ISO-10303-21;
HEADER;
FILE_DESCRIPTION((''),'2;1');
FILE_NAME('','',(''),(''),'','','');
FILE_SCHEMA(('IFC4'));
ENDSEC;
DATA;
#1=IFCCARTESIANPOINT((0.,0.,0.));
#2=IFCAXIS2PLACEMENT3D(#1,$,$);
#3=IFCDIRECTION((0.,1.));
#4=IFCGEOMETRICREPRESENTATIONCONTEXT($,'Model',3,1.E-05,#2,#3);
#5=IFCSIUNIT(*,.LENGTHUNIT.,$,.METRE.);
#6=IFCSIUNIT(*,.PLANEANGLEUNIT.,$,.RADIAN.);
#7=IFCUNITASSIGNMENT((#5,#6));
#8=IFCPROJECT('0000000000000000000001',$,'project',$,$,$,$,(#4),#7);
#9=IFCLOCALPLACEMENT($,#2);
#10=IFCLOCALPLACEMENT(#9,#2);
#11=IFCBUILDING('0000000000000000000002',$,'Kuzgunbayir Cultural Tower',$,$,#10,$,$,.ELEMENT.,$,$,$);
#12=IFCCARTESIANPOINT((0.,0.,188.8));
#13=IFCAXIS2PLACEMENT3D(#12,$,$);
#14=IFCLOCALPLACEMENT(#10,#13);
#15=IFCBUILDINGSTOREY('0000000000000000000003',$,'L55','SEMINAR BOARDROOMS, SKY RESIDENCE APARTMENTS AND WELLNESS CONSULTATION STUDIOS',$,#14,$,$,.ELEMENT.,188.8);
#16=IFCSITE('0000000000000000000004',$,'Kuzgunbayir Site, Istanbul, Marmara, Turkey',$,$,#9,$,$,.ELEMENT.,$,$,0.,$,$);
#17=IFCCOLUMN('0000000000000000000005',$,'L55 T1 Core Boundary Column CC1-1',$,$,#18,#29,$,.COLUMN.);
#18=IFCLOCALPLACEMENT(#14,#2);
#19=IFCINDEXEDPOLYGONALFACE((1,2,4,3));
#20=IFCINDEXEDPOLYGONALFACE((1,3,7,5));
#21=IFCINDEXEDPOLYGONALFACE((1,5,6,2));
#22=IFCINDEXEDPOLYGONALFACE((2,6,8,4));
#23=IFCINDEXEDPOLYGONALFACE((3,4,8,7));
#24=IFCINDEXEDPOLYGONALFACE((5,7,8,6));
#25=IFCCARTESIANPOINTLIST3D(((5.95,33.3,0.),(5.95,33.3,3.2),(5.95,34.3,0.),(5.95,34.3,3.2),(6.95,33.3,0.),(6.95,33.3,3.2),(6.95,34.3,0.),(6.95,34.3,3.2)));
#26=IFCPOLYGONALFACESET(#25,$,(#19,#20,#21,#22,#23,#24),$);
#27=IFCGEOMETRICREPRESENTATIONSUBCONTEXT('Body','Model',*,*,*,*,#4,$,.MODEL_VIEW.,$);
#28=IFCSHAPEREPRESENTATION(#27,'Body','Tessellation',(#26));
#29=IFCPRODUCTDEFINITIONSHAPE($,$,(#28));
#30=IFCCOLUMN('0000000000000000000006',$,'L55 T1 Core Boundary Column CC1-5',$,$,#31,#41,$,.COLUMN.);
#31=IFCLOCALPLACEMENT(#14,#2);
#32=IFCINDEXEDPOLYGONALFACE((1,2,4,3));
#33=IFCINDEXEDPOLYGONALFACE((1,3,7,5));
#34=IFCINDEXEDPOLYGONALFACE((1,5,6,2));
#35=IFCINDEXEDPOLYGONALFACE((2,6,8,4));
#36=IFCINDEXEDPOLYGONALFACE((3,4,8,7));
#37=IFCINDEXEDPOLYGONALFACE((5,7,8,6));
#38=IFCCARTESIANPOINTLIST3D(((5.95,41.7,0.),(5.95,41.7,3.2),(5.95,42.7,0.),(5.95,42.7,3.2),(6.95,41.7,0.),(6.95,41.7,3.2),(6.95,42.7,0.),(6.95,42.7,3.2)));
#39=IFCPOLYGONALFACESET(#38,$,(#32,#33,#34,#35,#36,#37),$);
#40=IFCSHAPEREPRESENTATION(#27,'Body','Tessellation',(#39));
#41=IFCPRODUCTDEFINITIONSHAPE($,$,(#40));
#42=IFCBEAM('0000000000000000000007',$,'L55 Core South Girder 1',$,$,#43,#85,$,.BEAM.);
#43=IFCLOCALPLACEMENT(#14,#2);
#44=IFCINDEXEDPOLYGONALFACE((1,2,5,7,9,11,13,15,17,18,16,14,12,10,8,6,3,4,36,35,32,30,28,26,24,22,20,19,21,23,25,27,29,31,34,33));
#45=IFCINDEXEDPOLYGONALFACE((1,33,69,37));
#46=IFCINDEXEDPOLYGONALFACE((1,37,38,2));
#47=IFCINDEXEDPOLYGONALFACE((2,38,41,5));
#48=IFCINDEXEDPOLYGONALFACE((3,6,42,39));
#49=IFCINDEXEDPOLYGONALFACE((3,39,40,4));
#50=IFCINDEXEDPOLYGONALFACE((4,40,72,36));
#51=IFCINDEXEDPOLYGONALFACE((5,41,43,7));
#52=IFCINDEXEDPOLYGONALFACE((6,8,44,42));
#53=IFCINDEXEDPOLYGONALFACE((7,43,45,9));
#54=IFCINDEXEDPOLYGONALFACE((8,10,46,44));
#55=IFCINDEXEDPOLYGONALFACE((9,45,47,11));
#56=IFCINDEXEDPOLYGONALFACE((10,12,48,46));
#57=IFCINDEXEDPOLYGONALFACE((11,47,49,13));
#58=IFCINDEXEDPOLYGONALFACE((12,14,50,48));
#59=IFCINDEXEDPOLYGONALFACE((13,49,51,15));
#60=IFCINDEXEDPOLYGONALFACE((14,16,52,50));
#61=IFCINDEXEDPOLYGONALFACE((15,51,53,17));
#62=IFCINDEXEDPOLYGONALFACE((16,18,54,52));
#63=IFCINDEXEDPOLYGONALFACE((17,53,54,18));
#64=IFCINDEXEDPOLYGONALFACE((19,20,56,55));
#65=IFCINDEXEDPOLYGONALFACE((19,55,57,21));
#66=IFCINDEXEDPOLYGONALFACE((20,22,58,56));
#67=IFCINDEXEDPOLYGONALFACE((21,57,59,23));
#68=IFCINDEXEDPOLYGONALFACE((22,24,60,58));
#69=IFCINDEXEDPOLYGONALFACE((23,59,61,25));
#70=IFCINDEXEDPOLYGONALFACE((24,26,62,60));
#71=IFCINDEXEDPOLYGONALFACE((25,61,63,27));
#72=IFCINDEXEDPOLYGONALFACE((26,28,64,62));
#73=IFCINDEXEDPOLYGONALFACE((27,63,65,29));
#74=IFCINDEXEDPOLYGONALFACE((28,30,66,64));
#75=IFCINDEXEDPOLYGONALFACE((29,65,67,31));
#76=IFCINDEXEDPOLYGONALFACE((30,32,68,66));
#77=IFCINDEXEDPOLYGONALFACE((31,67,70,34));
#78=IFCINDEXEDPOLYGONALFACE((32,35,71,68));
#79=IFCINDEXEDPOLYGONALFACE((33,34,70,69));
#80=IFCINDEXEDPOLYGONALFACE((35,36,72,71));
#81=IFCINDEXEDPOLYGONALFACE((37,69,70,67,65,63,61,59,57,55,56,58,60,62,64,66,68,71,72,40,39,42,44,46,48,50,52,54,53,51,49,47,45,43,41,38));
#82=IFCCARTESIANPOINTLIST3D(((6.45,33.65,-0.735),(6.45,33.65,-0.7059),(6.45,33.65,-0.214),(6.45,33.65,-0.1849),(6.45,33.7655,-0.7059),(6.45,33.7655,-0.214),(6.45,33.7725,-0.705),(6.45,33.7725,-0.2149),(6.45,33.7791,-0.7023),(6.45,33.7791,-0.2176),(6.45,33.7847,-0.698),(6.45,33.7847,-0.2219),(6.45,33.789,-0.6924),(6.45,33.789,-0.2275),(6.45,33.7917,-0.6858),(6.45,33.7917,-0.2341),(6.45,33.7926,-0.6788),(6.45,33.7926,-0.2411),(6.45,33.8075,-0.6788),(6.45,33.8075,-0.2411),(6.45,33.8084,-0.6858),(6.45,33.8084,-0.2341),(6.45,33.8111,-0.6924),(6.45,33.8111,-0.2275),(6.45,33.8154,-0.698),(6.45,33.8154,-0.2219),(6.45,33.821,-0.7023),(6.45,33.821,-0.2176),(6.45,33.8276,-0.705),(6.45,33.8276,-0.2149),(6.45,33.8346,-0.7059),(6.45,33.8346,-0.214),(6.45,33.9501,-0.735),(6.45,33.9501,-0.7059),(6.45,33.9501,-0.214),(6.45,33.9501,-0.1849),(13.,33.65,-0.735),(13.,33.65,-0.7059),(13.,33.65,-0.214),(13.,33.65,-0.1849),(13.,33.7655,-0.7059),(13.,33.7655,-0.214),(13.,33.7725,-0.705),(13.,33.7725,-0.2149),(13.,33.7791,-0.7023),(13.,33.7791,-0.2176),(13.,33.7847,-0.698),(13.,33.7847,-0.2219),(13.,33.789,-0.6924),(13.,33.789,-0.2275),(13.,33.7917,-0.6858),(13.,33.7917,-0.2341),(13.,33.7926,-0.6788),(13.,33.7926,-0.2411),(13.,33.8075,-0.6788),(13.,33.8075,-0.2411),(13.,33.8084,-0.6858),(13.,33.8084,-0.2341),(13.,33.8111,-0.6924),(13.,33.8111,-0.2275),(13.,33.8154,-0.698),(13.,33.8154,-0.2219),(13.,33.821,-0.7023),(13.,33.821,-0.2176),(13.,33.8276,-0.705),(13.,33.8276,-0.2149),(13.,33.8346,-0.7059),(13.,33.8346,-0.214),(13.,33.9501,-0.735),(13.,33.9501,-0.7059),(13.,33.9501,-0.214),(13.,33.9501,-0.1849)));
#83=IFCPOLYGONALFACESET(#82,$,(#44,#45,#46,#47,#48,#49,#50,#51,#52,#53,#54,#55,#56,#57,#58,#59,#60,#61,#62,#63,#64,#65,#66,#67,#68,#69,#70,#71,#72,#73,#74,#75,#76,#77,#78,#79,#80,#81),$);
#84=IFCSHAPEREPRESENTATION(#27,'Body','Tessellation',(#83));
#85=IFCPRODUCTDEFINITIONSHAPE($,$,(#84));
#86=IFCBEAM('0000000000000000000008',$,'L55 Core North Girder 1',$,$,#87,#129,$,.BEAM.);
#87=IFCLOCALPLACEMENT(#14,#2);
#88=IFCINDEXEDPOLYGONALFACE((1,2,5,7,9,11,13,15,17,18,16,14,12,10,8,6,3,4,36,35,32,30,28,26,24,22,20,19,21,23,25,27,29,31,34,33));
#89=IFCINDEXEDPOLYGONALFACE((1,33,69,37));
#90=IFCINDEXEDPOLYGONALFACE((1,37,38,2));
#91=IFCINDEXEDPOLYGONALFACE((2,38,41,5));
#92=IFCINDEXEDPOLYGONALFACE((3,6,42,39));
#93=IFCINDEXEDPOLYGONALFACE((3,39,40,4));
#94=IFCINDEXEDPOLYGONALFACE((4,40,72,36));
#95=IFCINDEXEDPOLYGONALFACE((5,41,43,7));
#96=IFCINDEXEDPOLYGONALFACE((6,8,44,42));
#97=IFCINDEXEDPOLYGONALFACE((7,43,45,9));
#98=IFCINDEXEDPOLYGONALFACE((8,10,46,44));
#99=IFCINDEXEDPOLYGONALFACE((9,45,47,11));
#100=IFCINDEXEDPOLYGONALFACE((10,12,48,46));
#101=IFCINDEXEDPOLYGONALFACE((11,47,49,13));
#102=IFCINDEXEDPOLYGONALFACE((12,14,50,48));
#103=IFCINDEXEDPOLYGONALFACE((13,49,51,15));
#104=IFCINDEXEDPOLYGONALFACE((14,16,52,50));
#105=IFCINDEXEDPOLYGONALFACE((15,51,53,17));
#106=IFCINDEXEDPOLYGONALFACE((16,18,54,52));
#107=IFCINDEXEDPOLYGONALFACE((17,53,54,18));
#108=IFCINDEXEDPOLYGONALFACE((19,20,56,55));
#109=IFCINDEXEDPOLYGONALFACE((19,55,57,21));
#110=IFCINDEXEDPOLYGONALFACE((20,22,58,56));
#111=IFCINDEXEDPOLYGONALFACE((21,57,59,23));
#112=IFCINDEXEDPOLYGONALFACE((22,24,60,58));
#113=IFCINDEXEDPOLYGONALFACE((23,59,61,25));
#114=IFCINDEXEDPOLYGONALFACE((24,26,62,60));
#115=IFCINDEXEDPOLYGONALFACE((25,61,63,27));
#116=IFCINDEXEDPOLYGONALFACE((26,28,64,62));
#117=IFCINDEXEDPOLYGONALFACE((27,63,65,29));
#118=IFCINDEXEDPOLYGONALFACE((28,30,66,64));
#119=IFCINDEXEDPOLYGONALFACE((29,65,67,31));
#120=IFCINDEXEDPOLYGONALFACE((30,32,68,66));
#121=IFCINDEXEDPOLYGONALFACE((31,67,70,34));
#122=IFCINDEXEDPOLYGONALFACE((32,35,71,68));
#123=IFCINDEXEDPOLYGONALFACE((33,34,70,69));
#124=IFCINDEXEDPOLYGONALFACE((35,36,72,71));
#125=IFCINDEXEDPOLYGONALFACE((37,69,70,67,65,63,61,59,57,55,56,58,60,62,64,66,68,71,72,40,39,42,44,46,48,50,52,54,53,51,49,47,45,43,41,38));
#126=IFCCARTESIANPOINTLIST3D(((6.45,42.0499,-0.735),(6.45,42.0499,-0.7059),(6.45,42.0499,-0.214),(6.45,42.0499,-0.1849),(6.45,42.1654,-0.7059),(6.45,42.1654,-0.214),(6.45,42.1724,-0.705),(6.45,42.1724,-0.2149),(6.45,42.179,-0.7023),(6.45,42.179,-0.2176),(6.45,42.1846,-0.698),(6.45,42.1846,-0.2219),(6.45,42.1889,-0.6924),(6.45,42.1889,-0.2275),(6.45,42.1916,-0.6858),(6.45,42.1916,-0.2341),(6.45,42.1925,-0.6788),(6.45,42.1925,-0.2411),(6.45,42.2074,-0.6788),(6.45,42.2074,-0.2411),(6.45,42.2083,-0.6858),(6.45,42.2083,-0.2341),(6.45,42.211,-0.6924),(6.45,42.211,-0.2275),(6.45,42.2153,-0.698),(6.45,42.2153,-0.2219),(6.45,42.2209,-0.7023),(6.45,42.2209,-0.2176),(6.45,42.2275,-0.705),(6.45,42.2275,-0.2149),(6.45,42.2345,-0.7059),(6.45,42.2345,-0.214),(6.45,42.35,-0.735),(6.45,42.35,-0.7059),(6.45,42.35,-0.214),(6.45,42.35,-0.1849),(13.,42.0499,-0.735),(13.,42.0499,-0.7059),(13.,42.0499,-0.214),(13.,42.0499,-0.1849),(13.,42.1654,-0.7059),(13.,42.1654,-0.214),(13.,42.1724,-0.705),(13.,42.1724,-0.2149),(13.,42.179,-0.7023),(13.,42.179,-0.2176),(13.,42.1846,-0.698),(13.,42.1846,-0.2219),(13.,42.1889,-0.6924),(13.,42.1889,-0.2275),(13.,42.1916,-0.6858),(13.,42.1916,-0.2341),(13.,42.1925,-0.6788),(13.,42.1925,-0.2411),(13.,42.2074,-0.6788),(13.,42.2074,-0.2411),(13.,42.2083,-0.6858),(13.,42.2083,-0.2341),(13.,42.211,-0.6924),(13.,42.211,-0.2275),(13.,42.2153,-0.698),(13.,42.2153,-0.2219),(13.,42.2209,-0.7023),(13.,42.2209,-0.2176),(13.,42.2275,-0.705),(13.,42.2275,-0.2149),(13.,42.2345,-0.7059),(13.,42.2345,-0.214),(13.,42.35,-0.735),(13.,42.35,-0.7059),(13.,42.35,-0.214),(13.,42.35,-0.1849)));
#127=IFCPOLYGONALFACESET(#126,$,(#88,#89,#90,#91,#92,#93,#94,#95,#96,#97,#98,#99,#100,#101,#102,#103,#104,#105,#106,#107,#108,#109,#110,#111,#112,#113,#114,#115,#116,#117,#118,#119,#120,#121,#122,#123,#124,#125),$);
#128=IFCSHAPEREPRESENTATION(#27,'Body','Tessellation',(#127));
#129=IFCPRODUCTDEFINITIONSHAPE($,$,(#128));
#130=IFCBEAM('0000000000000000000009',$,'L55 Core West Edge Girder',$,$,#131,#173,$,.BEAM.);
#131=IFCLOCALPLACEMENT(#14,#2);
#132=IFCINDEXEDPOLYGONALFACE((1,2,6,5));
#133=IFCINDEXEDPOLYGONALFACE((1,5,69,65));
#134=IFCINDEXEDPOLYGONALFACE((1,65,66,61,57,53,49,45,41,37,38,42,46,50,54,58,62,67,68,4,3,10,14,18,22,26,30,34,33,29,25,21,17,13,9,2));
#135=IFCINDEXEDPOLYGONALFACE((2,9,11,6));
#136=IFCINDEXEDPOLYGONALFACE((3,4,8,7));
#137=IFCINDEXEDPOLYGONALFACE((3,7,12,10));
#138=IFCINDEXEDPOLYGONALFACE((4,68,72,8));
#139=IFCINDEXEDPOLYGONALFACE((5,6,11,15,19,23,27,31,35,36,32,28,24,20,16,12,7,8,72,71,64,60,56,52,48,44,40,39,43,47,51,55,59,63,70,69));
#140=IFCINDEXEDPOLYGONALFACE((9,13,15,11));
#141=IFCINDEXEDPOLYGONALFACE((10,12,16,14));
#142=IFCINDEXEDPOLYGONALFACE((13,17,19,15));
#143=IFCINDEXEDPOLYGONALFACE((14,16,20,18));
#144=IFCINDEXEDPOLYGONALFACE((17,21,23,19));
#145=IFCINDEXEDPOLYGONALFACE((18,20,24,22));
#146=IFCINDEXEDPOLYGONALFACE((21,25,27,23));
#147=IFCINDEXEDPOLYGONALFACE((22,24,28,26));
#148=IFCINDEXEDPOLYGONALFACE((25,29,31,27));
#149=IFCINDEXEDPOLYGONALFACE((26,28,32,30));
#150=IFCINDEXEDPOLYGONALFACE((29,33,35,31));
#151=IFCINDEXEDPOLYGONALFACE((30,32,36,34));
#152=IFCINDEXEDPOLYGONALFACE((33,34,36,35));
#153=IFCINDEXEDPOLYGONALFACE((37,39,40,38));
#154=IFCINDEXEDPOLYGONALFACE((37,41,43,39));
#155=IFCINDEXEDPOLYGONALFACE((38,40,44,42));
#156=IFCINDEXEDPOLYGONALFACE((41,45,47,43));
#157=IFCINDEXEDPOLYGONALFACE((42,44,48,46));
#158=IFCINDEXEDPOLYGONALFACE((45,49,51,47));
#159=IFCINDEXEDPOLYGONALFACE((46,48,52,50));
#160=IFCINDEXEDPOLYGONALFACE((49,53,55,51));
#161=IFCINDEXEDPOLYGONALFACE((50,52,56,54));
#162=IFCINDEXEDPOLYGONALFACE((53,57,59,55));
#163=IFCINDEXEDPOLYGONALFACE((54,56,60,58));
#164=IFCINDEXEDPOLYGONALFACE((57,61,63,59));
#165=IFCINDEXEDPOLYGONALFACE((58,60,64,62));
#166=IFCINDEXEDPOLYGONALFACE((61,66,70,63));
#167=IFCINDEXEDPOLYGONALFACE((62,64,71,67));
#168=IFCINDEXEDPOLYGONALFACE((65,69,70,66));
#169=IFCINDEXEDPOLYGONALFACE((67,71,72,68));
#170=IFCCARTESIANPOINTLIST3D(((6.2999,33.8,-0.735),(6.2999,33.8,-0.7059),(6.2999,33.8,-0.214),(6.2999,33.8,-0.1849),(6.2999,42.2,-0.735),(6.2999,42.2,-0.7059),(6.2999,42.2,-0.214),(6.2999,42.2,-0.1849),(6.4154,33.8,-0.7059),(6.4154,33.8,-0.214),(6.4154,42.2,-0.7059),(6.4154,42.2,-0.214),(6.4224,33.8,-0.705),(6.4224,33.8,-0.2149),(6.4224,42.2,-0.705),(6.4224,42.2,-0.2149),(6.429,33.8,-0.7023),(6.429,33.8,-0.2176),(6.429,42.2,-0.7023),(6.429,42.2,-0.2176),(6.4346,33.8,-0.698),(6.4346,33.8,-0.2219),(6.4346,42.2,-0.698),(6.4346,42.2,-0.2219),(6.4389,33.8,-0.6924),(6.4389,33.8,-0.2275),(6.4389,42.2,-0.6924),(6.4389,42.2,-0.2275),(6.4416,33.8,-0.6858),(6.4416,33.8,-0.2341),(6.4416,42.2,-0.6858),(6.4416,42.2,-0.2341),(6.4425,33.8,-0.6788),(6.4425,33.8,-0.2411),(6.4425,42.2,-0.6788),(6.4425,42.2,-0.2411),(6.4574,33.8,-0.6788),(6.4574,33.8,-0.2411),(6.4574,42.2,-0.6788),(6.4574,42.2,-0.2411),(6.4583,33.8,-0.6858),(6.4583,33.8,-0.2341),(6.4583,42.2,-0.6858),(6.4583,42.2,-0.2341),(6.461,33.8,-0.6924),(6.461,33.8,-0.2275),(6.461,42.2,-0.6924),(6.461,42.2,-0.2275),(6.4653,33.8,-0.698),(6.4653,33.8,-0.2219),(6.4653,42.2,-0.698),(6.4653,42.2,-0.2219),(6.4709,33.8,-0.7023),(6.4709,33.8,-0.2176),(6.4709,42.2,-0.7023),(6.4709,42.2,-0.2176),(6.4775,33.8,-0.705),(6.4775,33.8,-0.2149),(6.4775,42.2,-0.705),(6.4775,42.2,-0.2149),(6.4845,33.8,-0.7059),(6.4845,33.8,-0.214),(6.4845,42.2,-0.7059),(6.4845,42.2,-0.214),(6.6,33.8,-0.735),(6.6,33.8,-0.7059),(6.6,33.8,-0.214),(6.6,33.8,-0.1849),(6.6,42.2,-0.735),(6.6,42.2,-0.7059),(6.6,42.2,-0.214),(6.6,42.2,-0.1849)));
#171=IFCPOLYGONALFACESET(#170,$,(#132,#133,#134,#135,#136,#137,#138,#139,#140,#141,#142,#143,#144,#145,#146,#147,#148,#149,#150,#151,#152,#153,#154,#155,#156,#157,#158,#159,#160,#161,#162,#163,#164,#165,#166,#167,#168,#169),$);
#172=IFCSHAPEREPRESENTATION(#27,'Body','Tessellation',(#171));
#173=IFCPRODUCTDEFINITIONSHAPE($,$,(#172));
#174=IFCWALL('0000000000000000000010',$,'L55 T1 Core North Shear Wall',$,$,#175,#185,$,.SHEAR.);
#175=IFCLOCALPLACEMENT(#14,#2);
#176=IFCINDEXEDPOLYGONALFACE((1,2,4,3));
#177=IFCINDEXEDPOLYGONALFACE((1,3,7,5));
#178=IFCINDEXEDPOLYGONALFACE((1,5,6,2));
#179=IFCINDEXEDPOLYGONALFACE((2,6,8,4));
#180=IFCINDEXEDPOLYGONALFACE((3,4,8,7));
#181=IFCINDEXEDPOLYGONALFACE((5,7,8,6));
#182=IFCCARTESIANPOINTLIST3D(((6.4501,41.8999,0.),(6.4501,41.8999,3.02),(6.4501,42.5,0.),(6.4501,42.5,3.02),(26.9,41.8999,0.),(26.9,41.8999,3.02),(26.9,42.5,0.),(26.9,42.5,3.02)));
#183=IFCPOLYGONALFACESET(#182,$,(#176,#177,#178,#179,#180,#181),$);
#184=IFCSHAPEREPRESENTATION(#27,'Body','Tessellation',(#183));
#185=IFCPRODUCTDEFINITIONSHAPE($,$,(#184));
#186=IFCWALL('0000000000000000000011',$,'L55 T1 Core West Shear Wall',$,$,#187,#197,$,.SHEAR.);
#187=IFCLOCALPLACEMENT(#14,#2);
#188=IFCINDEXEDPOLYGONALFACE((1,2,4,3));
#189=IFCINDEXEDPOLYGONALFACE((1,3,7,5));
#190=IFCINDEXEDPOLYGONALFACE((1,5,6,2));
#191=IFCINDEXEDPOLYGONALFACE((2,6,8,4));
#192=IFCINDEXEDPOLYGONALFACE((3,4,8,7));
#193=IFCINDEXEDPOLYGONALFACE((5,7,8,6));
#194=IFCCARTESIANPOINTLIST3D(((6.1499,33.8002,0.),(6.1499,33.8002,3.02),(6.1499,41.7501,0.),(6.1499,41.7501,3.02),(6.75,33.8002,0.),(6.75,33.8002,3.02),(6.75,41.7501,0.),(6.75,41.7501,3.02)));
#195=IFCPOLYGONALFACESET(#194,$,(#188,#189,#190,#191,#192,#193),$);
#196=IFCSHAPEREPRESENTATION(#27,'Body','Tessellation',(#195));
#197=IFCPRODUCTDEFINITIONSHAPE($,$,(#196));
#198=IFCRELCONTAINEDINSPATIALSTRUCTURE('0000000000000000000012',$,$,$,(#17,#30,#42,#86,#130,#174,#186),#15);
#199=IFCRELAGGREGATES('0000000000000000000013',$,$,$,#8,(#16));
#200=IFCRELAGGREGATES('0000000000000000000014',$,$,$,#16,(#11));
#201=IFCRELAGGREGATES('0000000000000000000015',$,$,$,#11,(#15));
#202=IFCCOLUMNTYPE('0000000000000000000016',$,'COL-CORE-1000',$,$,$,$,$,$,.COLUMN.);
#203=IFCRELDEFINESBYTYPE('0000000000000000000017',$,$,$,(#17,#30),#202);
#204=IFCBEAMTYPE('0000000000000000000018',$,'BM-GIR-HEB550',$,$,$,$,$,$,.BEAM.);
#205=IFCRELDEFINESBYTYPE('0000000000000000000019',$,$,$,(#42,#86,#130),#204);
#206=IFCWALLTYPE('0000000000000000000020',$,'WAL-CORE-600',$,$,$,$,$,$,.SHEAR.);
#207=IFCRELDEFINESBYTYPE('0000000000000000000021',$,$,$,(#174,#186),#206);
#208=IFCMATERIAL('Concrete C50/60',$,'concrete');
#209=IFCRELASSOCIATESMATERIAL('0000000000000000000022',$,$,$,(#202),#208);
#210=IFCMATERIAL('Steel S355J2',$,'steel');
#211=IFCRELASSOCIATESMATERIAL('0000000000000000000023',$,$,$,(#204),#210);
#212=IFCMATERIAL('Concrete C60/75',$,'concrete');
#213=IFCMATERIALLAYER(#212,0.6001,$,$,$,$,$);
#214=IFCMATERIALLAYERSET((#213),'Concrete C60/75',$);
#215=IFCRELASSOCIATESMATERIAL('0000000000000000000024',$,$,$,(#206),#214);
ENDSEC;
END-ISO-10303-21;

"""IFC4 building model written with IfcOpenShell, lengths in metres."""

from ifc_helpers import new_model, si_unit, direction, frame, frame_2d, origin, origin_2d, place, context, subcontext, project, spatial, rectangle, i_section, extrude, material, layer, layer_set, material_profile, profile_set, type_object, element, save


model = new_model("IFC4")

# Units and contexts
model_context = context("Model", 3, precision=1e-05, world=origin(), true_north=direction((0.0, 1.0)))
body_context = subcontext(model_context, "Body", "Model", "MODEL_VIEW")
ifc_project = project(units=[si_unit("LENGTHUNIT", "METRE"), si_unit("PLANEANGLEUNIT", "RADIAN")], contexts=[model_context])

# Site, building, storey
site_placement = place(None, origin())
site = spatial("IfcSite", under=ifc_project, at=site_placement, Name="Kuzgunbayir Site, Istanbul, Marmara, Turkey", CompositionType="ELEMENT", RefElevation=0.0)
building_placement = place(site_placement, origin())
building = spatial("IfcBuilding", under=site, at=building_placement, Name="Kuzgunbayir Cultural Tower", CompositionType="ELEMENT")
storey_placement = place(building_placement, frame((0.0, 0.0, 188.8)))
storey = spatial("IfcBuildingStorey", under=building, at=storey_placement, Name="L55", Description="SEMINAR BOARDROOMS, SKY RESIDENCE APARTMENTS AND WELLNESS CONSULTATION STUDIOS", CompositionType="ELEMENT", Elevation=188.8)

# Columns
ifc_material_1 = material(Name="Concrete C50/60", Category="concrete")
ifc_material_profile_1 = material_profile(ifc_material_1, rectangle(XDim=1.0, YDim=1.0, at=origin_2d()), Name="RC 1000x1000")
ifc_profile_set_1 = profile_set([ifc_material_profile_1], Name="Concrete C50/60")
column_type = type_object("IfcColumnType", Name="COL-CORE-1000", PredefinedType="COLUMN", material=ifc_profile_set_1)
for number, where, z_axis, x_axis, name in (
    (1, (6.45, 33.8, 0.0), (0.0, 0.0, 1.0), (1.0, 0.0, 0.0), "L55 T1 Core Boundary Column CC1-1"),
    (2, (6.45, 42.2, 0.0), (0.0, 0.0, 1.0), (1.0, 0.0, 0.0), "L55 T1 Core Boundary Column CC1-5"),
):
    element("IfcColumn", number, at=place(storey_placement, frame(where, z_axis=z_axis, x_axis=x_axis)), inside=storey, type_object=column_type, Name=name, PredefinedType="COLUMN", context=body_context, shape_type="SweptSolid", body=[
        extrude(rectangle(XDim=1.0, YDim=1.0, at=origin_2d()), origin(), (0.0, 0.0, 1.0), 3.2),
    ])

# Beams
ifc_material_2 = material(Name="Steel S355J2", Category="steel")
ifc_material_profile_2 = material_profile(ifc_material_2, i_section(OverallWidth=0.3, OverallDepth=0.55, WebThickness=0.0149, FlangeThickness=0.0291, FilletRadius=0.0271, at=origin_2d()), Name="HEB 550")
ifc_profile_set_2 = profile_set([ifc_material_profile_2], Name="Steel S355J2")
beam_type = type_object("IfcBeamType", Name="BM-GIR-HEB550", PredefinedType="BEAM", material=ifc_profile_set_2)
for number, where, z_axis, x_axis, name in (
    (3, (6.45, 33.8, -0.46), (1.0, 0.0, 0.0), (0.0, 1.0, 0.0), "L55 Core South Girder 1"),
    (4, (6.45, 42.2, -0.46), (1.0, 0.0, 0.0), (0.0, 1.0, 0.0), "L55 Core North Girder 1"),
):
    element("IfcBeam", number, at=place(storey_placement, frame(where, z_axis=z_axis, x_axis=x_axis)), inside=storey, type_object=beam_type, Name=name, PredefinedType="BEAM", context=body_context, shape_type="SweptSolid", body=[
        extrude(i_section(OverallWidth=0.3, OverallDepth=0.55, WebThickness=0.0149, FlangeThickness=0.0291, FilletRadius=0.0271, at=origin_2d()), origin(), (0.0, 0.0, 1.0), 6.55),
    ])
beam_placement = place(storey_placement, frame((6.45, 33.8, -0.46), z_axis=(0.0, 1.0, 0.0), x_axis=(-1.0, 0.0, 0.0)))
element("IfcBeam", 5, at=beam_placement, inside=storey, type_object=beam_type, Name="L55 Core West Edge Girder", PredefinedType="BEAM", context=body_context, shape_type="SweptSolid", body=[
    extrude(i_section(OverallWidth=0.3, OverallDepth=0.55, WebThickness=0.0149, FlangeThickness=0.0291, FilletRadius=0.0271, at=origin_2d()), origin(), (0.0, 0.0, 1.0), 8.3999),
])

# Walls
ifc_material_3 = material(Name="Concrete C60/75", Category="concrete")
ifc_layer_1 = layer(ifc_material_3, 0.6001)
ifc_layer_set_1 = layer_set([ifc_layer_1], Name="Concrete C60/75")
wall_type_1 = type_object("IfcWallType", Name="WAL-CORE-600", PredefinedType="SHEAR", material=ifc_layer_set_1)
wall_1_placement = place(storey_placement, frame((6.45, 42.2, 0.0), z_axis=(0.0, 0.0, 1.0), x_axis=(1.0, 0.0, 0.0)))
element("IfcWall", 6, at=wall_1_placement, inside=storey, type_object=wall_type_1, Name="L55 T1 Core North Shear Wall", PredefinedType="SHEAR", context=body_context, shape_type="SweptSolid", body=[
    extrude(rectangle(XDim=20.45, YDim=0.6001, at=frame_2d((10.2251, 0.0))), origin(), (0.0, 0.0, 1.0), 3.02),
])
wall_2_placement = place(storey_placement, frame((6.45, 33.8, 0.0), z_axis=(0.0, 0.0, 1.0), x_axis=(0.0, 1.0, 0.0)))
element("IfcWall", 7, at=wall_2_placement, inside=storey, type_object=wall_type_1, Name="L55 T1 Core West Shear Wall", PredefinedType="SHEAR", context=body_context, shape_type="SweptSolid", body=[
    extrude(rectangle(XDim=7.95, YDim=0.6001, at=frame_2d((3.9751, 0.0))), origin(), (0.0, 0.0, 1.0), 3.02),
])

save(model, "model.ifc")
